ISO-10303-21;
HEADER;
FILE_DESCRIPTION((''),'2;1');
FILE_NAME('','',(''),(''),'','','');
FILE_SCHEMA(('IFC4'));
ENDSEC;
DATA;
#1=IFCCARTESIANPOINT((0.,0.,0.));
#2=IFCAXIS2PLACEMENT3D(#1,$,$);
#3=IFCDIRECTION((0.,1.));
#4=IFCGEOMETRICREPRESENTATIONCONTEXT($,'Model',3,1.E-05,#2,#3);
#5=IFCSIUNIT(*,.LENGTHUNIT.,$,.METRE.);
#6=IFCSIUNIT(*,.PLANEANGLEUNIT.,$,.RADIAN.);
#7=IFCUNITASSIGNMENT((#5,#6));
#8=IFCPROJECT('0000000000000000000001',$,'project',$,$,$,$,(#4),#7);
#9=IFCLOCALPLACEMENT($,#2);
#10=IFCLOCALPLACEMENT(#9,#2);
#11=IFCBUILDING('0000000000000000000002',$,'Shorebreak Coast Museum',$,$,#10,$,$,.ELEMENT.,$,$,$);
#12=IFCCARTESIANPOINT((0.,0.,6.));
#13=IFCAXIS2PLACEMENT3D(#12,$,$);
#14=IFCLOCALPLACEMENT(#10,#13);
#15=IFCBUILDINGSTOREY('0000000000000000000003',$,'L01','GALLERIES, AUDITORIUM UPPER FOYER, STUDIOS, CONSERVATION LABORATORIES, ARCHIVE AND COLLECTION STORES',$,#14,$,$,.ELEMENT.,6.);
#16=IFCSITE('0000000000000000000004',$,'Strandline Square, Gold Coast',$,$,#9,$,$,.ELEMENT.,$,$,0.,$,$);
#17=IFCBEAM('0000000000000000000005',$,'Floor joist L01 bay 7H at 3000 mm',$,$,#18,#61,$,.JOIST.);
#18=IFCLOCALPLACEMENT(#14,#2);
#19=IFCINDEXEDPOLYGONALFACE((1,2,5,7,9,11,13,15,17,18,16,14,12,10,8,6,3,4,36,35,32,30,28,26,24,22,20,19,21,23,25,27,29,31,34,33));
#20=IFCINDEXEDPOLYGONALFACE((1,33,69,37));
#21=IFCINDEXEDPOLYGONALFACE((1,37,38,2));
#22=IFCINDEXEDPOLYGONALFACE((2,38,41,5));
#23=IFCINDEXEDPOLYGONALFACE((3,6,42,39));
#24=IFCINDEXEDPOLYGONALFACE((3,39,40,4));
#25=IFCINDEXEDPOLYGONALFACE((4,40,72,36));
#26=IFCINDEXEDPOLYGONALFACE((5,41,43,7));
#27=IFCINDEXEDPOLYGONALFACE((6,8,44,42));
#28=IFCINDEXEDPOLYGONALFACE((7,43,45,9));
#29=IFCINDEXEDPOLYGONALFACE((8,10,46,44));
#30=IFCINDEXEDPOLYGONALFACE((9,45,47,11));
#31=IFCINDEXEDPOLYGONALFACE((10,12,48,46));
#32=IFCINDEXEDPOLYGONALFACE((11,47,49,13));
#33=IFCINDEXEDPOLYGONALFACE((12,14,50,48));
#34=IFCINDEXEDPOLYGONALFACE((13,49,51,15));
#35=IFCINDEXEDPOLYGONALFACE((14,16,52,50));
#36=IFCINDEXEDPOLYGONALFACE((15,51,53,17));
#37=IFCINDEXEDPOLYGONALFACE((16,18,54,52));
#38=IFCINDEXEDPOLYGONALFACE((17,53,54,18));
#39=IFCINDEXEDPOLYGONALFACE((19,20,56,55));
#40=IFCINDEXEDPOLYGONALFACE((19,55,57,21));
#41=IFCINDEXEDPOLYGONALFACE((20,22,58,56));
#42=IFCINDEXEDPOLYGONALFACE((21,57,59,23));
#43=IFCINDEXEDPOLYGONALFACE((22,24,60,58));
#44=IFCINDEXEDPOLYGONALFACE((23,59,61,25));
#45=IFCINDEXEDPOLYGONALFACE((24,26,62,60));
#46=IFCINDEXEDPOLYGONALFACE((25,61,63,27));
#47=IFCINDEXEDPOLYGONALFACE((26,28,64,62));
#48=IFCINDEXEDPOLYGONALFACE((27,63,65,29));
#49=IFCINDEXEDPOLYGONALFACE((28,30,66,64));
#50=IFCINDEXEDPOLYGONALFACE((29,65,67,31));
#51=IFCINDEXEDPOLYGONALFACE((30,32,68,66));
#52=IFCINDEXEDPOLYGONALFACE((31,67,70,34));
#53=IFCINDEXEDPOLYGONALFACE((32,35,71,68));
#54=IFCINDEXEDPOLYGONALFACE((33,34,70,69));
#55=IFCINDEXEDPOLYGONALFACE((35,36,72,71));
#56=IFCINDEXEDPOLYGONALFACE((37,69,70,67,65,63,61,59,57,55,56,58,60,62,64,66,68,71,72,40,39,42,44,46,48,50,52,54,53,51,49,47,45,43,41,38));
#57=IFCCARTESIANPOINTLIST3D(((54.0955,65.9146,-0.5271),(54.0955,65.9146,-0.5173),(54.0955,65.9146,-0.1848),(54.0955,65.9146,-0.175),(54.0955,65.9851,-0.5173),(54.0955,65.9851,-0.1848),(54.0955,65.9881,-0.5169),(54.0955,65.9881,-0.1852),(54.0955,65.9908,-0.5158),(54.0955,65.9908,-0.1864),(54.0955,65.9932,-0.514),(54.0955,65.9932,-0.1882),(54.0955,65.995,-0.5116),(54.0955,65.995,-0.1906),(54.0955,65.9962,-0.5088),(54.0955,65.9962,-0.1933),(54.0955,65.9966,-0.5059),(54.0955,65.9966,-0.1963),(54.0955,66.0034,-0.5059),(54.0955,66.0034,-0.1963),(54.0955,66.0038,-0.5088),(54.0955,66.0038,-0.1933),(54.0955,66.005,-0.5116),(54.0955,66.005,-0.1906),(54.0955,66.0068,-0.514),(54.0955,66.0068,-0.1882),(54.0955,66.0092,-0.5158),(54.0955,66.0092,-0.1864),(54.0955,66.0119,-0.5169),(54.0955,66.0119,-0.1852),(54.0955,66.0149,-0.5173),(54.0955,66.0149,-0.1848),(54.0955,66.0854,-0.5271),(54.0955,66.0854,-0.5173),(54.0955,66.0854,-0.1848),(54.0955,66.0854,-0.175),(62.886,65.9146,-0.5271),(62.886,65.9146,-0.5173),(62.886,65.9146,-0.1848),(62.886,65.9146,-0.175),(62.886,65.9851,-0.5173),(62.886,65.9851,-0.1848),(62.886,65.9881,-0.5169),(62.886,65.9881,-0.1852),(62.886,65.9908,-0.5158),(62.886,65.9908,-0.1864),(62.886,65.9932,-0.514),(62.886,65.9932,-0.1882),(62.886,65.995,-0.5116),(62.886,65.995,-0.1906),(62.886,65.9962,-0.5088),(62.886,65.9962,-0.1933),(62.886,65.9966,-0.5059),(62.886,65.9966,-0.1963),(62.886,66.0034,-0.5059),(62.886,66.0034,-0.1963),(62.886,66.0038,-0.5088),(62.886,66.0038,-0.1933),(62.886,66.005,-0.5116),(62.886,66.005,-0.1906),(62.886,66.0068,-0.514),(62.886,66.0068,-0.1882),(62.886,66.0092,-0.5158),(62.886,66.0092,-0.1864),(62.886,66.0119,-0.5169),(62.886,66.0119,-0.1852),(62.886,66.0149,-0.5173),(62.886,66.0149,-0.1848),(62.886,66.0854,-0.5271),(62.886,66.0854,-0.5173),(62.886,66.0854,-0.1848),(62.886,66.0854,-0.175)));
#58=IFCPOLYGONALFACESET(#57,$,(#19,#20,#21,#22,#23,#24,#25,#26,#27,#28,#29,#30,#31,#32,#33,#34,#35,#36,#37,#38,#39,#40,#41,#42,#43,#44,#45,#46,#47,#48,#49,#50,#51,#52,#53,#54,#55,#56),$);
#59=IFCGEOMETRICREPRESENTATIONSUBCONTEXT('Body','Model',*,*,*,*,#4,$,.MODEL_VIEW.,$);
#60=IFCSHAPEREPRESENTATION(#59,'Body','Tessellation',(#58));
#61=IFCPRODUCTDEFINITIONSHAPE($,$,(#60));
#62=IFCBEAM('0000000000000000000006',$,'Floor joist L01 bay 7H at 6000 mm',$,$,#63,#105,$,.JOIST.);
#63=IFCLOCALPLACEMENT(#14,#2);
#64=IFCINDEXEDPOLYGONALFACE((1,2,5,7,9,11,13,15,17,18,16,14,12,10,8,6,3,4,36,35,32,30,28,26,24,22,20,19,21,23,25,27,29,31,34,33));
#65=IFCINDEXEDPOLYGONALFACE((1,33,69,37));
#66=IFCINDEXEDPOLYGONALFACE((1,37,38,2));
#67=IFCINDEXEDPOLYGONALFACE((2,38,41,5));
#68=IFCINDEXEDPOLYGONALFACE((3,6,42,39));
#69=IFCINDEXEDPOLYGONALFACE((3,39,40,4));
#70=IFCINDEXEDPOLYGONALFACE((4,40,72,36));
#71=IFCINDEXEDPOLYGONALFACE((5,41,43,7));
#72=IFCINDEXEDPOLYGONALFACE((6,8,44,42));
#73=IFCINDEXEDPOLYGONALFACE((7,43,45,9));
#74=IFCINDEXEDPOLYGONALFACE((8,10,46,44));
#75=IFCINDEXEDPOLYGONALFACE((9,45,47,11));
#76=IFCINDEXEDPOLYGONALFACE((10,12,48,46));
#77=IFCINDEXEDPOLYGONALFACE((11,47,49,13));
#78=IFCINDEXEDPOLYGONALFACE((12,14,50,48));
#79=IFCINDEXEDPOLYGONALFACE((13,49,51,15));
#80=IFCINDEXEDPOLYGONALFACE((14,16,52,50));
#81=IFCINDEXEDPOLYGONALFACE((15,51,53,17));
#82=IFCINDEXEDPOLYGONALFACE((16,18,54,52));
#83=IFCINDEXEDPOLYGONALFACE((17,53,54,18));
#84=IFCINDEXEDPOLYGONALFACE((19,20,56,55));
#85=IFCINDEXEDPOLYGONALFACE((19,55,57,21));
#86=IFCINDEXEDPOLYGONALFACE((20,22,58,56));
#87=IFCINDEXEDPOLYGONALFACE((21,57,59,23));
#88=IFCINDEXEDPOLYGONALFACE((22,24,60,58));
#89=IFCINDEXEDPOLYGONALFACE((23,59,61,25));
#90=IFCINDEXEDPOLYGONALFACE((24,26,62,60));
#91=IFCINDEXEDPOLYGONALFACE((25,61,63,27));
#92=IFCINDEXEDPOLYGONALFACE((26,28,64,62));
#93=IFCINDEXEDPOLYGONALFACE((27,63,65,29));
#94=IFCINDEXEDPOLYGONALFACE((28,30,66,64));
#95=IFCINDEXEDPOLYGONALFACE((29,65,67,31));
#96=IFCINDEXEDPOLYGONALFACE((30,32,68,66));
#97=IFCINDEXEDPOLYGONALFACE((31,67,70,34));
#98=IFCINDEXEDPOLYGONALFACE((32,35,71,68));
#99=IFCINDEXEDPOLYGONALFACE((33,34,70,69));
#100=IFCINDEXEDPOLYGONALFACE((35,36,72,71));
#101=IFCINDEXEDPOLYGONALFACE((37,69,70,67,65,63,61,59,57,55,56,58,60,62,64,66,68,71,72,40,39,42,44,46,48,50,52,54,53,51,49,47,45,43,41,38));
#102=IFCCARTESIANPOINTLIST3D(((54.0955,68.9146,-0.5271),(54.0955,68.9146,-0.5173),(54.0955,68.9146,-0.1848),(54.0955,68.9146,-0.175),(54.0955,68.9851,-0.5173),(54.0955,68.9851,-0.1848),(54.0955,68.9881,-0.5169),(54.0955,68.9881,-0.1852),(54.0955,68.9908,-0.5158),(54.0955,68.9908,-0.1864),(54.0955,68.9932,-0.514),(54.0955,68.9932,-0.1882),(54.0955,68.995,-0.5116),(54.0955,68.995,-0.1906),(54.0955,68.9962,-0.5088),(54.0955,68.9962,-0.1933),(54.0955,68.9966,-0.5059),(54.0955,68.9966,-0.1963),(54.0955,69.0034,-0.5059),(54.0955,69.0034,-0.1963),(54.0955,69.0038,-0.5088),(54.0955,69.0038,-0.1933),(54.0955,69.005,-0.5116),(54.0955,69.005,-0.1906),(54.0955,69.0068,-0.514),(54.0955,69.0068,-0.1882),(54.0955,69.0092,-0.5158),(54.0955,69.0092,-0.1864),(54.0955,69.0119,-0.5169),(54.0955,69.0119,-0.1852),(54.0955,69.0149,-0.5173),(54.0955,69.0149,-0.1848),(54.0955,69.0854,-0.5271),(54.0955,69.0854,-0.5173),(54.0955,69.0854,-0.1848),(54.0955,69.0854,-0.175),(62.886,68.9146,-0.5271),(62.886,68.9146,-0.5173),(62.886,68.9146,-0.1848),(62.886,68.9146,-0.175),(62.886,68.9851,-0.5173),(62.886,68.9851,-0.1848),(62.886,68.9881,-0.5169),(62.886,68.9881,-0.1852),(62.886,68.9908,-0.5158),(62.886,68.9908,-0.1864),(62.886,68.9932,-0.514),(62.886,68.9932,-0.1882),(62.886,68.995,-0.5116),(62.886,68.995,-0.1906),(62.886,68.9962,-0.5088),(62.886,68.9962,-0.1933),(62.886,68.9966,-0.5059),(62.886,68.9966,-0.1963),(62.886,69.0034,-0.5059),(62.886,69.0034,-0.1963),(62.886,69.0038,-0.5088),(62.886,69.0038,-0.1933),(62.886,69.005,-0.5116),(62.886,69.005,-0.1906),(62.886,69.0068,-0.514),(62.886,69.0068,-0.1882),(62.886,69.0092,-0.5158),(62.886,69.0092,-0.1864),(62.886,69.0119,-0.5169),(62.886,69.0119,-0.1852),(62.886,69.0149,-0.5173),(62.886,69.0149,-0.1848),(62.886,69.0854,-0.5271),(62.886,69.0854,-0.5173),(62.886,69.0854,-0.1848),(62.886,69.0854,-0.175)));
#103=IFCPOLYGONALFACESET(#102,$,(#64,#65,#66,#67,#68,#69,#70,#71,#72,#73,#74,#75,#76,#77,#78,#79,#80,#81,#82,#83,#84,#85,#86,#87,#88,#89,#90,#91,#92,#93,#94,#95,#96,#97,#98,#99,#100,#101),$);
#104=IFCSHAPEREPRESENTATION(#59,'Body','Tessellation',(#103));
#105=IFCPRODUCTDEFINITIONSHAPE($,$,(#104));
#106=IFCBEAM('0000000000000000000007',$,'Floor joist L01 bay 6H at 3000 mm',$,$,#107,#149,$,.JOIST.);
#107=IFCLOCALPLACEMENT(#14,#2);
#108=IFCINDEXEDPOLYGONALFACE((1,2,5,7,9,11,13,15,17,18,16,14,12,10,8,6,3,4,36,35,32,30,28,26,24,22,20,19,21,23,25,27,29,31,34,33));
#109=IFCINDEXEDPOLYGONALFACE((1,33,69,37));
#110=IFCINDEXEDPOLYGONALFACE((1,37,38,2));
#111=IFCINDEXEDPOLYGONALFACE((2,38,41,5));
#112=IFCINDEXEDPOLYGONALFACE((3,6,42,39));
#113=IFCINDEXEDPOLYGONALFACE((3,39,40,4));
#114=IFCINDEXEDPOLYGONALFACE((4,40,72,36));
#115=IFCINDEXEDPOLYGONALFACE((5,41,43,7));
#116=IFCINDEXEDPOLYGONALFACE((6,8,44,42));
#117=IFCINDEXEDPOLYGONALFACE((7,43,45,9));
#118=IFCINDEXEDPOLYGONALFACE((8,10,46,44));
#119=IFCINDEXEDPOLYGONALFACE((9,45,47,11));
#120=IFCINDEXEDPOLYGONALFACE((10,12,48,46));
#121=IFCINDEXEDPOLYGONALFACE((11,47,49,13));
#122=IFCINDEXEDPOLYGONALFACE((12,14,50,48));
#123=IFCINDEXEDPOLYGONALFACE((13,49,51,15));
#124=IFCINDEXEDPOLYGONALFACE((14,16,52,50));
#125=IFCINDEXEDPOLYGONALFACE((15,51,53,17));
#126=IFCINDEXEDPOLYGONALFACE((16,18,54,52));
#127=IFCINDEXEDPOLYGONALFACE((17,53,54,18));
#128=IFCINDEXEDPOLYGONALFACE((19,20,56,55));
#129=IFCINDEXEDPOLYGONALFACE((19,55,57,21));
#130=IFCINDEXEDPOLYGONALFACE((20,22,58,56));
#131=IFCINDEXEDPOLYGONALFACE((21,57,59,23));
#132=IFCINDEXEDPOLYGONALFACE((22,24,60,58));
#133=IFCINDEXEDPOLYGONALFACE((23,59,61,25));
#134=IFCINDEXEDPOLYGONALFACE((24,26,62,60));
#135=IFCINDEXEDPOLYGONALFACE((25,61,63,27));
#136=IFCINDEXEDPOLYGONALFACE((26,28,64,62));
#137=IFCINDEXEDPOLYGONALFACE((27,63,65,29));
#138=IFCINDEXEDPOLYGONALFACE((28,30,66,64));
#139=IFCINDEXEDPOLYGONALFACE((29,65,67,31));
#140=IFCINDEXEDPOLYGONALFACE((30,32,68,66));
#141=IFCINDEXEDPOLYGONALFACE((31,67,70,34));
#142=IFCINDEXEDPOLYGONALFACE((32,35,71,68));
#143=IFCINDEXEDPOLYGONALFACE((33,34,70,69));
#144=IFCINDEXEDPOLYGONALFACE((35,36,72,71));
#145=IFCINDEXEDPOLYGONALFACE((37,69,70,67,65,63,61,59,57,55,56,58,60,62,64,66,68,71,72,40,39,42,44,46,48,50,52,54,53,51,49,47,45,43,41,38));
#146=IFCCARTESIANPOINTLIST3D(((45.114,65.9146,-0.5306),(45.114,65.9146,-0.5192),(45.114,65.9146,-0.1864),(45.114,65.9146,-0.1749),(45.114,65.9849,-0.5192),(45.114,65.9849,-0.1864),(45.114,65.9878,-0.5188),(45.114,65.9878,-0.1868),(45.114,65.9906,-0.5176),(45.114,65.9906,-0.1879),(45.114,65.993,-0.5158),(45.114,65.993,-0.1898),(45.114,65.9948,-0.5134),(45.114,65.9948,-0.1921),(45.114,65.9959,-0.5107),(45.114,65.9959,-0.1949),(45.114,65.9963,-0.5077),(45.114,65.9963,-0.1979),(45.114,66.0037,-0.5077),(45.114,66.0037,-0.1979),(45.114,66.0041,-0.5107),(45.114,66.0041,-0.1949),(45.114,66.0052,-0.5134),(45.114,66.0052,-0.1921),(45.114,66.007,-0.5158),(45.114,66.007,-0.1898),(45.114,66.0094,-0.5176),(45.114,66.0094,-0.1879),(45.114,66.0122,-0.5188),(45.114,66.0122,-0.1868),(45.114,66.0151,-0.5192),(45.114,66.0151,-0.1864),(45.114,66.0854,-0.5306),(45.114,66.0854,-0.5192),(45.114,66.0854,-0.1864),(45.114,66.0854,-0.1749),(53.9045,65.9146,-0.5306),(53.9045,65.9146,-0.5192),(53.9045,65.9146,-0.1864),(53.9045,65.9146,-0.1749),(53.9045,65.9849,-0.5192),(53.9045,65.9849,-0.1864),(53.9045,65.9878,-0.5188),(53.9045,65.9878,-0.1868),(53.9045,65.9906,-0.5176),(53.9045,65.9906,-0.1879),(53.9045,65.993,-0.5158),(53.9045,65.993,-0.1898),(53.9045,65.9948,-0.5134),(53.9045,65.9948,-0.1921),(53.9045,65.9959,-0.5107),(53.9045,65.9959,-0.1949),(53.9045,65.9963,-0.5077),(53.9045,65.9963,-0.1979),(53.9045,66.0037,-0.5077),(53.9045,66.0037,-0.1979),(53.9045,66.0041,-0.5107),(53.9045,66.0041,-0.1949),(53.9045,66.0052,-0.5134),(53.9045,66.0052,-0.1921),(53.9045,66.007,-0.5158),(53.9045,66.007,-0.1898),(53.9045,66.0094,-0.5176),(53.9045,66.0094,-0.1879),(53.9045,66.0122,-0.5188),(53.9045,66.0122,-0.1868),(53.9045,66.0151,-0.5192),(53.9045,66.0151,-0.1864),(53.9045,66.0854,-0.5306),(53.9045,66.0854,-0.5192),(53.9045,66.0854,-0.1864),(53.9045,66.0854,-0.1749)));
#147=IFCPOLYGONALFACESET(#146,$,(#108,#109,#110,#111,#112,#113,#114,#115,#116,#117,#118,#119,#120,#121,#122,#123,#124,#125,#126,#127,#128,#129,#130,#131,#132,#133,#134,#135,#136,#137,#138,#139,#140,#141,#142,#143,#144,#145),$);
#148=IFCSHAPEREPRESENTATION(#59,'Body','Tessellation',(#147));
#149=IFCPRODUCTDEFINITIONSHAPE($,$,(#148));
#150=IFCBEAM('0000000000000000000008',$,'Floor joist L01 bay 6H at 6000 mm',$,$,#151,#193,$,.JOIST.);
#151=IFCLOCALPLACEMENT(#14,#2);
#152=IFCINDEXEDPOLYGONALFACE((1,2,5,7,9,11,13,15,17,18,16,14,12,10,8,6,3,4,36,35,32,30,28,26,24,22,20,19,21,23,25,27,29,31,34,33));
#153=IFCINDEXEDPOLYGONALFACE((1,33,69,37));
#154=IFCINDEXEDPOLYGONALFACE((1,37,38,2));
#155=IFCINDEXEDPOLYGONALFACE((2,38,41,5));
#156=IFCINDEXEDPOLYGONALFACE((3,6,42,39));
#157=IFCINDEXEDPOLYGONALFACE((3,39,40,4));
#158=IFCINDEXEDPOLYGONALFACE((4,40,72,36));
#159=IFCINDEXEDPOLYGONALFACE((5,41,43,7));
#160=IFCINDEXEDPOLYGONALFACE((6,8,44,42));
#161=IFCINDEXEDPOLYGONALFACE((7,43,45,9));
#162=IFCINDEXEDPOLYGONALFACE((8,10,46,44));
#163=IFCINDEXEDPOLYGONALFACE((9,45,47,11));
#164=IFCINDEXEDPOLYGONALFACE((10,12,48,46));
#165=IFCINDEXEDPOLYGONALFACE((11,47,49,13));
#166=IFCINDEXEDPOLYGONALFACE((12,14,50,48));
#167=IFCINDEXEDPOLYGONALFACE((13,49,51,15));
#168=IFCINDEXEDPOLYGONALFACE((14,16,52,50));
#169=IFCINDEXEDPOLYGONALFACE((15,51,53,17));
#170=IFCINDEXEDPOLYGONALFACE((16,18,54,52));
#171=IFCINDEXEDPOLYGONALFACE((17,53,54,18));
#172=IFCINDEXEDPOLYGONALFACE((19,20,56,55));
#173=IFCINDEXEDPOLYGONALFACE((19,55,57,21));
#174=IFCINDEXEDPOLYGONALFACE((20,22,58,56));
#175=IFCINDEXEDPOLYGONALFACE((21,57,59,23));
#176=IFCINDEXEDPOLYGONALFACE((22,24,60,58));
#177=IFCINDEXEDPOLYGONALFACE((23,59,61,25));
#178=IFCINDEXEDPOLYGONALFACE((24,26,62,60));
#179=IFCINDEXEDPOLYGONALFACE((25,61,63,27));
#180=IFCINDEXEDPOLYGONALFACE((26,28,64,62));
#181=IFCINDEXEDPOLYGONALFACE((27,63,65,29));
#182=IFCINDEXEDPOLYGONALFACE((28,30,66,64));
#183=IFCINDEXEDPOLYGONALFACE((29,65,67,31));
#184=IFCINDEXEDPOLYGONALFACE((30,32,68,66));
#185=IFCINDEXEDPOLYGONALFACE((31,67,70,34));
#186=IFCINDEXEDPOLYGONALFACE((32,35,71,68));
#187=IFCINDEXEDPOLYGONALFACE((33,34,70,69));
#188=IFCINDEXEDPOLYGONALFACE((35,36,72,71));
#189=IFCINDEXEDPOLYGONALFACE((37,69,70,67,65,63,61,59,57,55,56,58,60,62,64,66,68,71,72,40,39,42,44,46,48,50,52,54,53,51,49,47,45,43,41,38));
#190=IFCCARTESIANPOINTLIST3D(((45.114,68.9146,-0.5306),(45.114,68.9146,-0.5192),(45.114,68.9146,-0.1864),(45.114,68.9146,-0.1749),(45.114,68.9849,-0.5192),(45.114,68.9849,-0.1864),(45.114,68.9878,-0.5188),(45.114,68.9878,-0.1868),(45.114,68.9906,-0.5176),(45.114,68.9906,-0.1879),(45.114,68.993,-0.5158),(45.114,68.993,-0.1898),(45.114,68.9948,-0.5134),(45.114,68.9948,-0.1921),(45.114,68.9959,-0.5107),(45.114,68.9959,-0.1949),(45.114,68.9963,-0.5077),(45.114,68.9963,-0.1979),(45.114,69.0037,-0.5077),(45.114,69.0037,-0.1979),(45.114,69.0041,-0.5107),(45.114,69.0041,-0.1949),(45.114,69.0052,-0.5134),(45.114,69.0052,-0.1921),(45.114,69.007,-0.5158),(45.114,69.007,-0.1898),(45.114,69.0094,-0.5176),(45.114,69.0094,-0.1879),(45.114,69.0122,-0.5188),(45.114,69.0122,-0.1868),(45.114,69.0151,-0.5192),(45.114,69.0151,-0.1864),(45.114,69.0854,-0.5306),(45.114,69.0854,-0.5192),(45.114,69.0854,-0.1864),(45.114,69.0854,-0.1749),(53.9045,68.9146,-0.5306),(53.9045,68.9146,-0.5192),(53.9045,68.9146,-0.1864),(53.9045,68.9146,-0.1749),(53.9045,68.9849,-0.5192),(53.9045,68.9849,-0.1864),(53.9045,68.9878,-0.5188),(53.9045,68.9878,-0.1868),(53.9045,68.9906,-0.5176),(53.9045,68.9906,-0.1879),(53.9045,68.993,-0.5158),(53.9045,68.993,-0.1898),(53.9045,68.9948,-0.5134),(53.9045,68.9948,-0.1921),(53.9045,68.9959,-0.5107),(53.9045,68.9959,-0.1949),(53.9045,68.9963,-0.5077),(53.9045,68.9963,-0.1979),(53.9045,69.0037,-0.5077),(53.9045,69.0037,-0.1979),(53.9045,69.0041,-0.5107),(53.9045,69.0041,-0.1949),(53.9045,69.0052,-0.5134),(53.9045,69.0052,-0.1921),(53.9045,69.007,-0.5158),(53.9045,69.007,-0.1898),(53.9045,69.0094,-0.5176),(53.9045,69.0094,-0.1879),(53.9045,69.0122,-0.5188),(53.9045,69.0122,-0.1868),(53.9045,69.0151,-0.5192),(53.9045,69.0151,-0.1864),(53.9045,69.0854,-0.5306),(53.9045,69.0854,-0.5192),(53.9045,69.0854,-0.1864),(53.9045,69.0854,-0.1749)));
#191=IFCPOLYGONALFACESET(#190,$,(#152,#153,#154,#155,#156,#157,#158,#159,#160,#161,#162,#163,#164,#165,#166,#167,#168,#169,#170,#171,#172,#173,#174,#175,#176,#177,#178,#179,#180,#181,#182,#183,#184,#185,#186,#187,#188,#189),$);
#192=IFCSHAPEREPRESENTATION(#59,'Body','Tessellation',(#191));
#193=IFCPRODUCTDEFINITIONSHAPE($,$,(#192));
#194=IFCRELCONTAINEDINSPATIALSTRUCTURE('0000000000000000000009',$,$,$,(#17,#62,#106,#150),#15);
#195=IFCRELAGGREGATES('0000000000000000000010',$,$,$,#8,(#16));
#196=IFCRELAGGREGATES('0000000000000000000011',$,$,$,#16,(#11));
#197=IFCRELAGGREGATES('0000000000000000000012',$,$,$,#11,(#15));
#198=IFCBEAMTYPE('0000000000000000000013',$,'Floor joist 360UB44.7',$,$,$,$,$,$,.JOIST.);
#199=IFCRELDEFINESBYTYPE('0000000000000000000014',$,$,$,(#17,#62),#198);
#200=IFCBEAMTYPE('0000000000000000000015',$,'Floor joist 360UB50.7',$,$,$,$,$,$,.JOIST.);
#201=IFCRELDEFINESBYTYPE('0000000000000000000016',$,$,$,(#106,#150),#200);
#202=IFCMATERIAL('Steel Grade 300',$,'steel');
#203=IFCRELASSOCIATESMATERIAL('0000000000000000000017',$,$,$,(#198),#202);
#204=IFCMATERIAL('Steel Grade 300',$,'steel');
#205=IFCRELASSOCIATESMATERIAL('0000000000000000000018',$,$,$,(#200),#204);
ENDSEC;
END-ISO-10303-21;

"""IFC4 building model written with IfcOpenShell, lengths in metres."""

from ifc_helpers import new_model, si_unit, direction, frame, origin, origin_2d, place, context, subcontext, project, spatial, i_section, extrude, material, material_profile, profile_set, type_object, element, save


model = new_model("IFC4")

# Units and contexts
model_context = context("Model", 3, precision=1e-05, world=origin(), true_north=direction((0.0, 1.0)))
body_context = subcontext(model_context, "Body", "Model", "MODEL_VIEW")
ifc_project = project(units=[si_unit("LENGTHUNIT", "METRE"), si_unit("PLANEANGLEUNIT", "RADIAN")], contexts=[model_context])

# Site, building, storey
site_placement = place(None, origin())
site = spatial("IfcSite", under=ifc_project, at=site_placement, Name="Strandline Square, Gold Coast", CompositionType="ELEMENT", RefElevation=0.0)
building_placement = place(site_placement, origin())
building = spatial("IfcBuilding", under=site, at=building_placement, Name="Shorebreak Coast Museum", CompositionType="ELEMENT")
storey_placement = place(building_placement, frame((0.0, 0.0, 6.0)))
storey = spatial("IfcBuildingStorey", under=building, at=storey_placement, Name="L01", Description="GALLERIES, AUDITORIUM UPPER FOYER, STUDIOS, CONSERVATION LABORATORIES, ARCHIVE AND COLLECTION STORES", CompositionType="ELEMENT", Elevation=6.0)

# Beams
ifc_material_1 = material(Name="Steel Grade 300", Category="steel")
ifc_material_profile_1 = material_profile(ifc_material_1, i_section(OverallWidth=0.1709, OverallDepth=0.3521, WebThickness=0.0068, FlangeThickness=0.0098, FilletRadius=0.0115, at=origin_2d()), Name="360UB44.7")
ifc_profile_set_1 = profile_set([ifc_material_profile_1], Name="Steel Grade 300")
beam_type_1 = type_object("IfcBeamType", Name="Floor joist 360UB44.7", PredefinedType="JOIST", material=ifc_profile_set_1)
for number, where, z_axis, x_axis, name in (
    (1, (54.0955, 66.0, -0.3511), (1.0, 0.0, 0.0), (0.0, 1.0, 0.0), "Floor joist L01 bay 7H at 3000 mm"),
    (2, (54.0955, 69.0, -0.3511), (1.0, 0.0, 0.0), (0.0, 1.0, 0.0), "Floor joist L01 bay 7H at 6000 mm"),
):
    element("IfcBeam", number, at=place(storey_placement, frame(where, z_axis=z_axis, x_axis=x_axis)), inside=storey, type_object=beam_type_1, Name=name, PredefinedType="JOIST", context=body_context, shape_type="SweptSolid", body=[
        extrude(i_section(OverallWidth=0.1709, OverallDepth=0.3521, WebThickness=0.0068, FlangeThickness=0.0098, FilletRadius=0.0115, at=origin_2d()), origin(), (0.0, 0.0, 1.0), 8.7905),
    ])
ifc_material_2 = material(Name="Steel Grade 300", Category="steel")
ifc_material_profile_2 = material_profile(ifc_material_2, i_section(OverallWidth=0.1709, OverallDepth=0.3557, WebThickness=0.0073, FlangeThickness=0.0115, FilletRadius=0.0115, at=origin_2d()), Name="360UB50.7")
ifc_profile_set_2 = profile_set([ifc_material_profile_2], Name="Steel Grade 300")
beam_type_2 = type_object("IfcBeamType", Name="Floor joist 360UB50.7", PredefinedType="JOIST", material=ifc_profile_set_2)
for number, where, z_axis, x_axis, name in (
    (3, (45.114, 66.0, -0.3528), (1.0, 0.0, 0.0), (0.0, 1.0, 0.0), "Floor joist L01 bay 6H at 3000 mm"),
    (4, (45.114, 69.0, -0.3528), (1.0, 0.0, 0.0), (0.0, 1.0, 0.0), "Floor joist L01 bay 6H at 6000 mm"),
):
    element("IfcBeam", number, at=place(storey_placement, frame(where, z_axis=z_axis, x_axis=x_axis)), inside=storey, type_object=beam_type_2, Name=name, PredefinedType="JOIST", context=body_context, shape_type="SweptSolid", body=[
        extrude(i_section(OverallWidth=0.1709, OverallDepth=0.3557, WebThickness=0.0073, FlangeThickness=0.0115, FilletRadius=0.0115, at=origin_2d()), origin(), (0.0, 0.0, 1.0), 8.7905),
    ])

save(model, "model.ifc")
